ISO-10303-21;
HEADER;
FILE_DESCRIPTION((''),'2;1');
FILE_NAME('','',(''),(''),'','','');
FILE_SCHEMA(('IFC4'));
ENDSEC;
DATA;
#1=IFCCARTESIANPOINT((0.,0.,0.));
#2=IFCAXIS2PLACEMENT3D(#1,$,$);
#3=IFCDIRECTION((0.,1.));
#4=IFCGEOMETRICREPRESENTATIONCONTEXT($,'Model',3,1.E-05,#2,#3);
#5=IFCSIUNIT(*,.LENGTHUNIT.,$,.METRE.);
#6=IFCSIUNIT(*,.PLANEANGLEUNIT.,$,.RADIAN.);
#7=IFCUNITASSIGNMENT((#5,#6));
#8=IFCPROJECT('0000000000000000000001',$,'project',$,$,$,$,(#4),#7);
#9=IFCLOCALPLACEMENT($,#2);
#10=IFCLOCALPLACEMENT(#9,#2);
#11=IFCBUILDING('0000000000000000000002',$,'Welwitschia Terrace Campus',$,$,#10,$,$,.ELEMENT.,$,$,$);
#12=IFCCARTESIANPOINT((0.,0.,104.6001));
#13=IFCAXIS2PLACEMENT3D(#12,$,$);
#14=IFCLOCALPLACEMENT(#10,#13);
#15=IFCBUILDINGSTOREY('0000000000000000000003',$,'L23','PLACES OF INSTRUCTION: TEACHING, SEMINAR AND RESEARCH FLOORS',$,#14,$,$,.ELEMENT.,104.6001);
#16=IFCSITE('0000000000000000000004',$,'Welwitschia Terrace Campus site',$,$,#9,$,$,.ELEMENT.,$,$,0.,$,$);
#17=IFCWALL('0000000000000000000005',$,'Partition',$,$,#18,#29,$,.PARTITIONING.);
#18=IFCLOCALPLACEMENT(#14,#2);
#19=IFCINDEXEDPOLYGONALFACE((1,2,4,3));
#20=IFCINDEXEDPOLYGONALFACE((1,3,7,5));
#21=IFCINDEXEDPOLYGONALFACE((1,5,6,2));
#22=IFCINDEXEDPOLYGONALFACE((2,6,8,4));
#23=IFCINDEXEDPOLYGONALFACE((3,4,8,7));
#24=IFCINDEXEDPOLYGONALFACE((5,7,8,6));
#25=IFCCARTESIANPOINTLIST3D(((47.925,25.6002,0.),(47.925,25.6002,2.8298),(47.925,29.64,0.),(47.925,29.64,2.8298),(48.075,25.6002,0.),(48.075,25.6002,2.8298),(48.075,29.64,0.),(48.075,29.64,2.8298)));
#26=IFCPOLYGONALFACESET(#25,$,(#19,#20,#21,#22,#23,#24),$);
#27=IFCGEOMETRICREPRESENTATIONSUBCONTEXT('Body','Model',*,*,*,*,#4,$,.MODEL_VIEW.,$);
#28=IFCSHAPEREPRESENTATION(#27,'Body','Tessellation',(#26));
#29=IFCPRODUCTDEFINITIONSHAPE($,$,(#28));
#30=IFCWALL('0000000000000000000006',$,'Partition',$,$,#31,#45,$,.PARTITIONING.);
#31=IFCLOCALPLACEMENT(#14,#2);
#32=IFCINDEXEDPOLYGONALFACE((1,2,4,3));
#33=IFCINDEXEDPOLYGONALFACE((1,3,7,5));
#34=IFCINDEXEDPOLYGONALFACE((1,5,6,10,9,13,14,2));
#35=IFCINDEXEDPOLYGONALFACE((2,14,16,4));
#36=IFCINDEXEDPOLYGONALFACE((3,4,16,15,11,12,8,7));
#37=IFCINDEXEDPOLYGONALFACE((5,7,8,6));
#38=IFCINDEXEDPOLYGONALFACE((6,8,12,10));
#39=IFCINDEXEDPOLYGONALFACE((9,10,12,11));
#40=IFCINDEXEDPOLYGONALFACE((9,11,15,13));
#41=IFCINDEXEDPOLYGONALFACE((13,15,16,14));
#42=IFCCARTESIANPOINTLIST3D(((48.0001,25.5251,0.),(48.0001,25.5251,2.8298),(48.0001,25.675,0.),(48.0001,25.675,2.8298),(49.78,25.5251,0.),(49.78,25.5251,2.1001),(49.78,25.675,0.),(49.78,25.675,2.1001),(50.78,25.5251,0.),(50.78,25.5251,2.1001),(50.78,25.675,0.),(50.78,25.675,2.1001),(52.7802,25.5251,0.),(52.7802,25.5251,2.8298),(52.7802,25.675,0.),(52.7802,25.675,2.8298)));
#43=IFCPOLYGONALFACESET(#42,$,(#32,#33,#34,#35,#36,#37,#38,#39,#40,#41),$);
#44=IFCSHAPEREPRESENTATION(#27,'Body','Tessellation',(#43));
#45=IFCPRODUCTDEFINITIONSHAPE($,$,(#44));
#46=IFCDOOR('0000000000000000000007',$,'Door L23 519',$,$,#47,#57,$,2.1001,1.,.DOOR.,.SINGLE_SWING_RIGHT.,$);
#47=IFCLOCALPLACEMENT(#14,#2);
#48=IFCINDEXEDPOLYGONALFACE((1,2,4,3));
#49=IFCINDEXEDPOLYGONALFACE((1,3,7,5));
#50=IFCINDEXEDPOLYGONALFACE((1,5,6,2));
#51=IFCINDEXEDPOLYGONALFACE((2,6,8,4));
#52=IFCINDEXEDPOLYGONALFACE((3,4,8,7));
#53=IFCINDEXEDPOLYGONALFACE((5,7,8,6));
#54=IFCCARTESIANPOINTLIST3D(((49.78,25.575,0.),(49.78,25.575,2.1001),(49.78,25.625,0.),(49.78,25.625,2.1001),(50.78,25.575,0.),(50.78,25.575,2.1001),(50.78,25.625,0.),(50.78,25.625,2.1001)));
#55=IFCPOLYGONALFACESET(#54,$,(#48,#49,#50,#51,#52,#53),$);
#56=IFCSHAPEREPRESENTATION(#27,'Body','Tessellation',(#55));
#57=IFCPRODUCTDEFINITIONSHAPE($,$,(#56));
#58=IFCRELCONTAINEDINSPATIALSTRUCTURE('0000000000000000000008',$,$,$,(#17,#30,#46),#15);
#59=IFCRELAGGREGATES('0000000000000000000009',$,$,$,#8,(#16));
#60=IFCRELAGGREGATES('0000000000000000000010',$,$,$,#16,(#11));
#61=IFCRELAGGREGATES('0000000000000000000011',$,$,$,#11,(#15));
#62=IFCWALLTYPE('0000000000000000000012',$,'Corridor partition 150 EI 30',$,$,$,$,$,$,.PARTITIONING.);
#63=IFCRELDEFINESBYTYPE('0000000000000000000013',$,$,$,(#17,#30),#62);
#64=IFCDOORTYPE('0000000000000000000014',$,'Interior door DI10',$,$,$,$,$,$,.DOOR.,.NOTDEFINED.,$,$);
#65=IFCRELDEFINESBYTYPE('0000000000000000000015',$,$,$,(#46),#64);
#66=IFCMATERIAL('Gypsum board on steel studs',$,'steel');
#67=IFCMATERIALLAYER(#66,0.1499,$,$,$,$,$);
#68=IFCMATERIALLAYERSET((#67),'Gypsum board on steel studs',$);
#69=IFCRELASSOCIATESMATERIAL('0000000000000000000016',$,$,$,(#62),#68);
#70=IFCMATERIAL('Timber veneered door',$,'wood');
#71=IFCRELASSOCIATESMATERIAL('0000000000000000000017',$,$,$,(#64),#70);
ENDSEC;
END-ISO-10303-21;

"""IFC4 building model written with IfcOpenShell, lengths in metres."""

from ifc_helpers import new_model, si_unit, direction, frame, frame_2d, origin, place, context, subcontext, project, spatial, rectangle, extrude, material, layer, layer_set, type_object, element, fill, save


model = new_model("IFC4")

# Units and contexts
model_context = context("Model", 3, precision=1e-05, world=origin(), true_north=direction((0.0, 1.0)))
body_context = subcontext(model_context, "Body", "Model", "MODEL_VIEW")
ifc_project = project(units=[si_unit("LENGTHUNIT", "METRE"), si_unit("PLANEANGLEUNIT", "RADIAN")], contexts=[model_context])

# Site, building, storey
site_placement = place(None, origin())
site = spatial("IfcSite", under=ifc_project, at=site_placement, Name="Welwitschia Terrace Campus site", CompositionType="ELEMENT", RefElevation=0.0)
building_placement = place(site_placement, origin())
building = spatial("IfcBuilding", under=site, at=building_placement, Name="Welwitschia Terrace Campus", CompositionType="ELEMENT")
storey_placement = place(building_placement, frame((0.0, 0.0, 104.6001)))
storey = spatial("IfcBuildingStorey", under=building, at=storey_placement, Name="L23", Description="PLACES OF INSTRUCTION: TEACHING, SEMINAR AND RESEARCH FLOORS", CompositionType="ELEMENT", Elevation=104.6001)

# Shared definitions
ifc_material_1 = material(Name="Gypsum board on steel studs", Category="steel")
ifc_layer_1 = layer(ifc_material_1, 0.1499)
ifc_layer_set_1 = layer_set([ifc_layer_1], Name="Gypsum board on steel studs")
wall_type = type_object("IfcWallType", Name="Corridor partition 150 EI 30", PredefinedType="PARTITIONING", material=ifc_layer_set_1)

# Shared definitions
ifc_material_2 = material(Name="Timber veneered door", Category="wood")
door_type = type_object("IfcDoorType", Name="Interior door DI10", OperationType="NOTDEFINED", PredefinedType="DOOR", material=ifc_material_2)

# Wall
wall_1_placement = place(storey_placement, frame((48.0, 25.6001, 0.0), z_axis=(0.0, 0.0, 1.0), x_axis=(0.0, 1.0, 0.0)))
element("IfcWall", 1, at=wall_1_placement, inside=storey, type_object=wall_type, Name="Partition", PredefinedType="PARTITIONING", context=body_context, shape_type="SweptSolid", body=[
    extrude(rectangle(XDim=4.0398, YDim=0.1499, at=frame_2d((2.02, 0.0))), origin(), (0.0, 0.0, 1.0), 2.8298),
])

# Wall, opening, door
wall_2_placement = place(storey_placement, frame((48.0, 25.6001, 0.0), z_axis=(0.0, 0.0, 1.0), x_axis=(1.0, 0.0, 0.0)))
wall_2 = element("IfcWall", 2, at=wall_2_placement, inside=storey, type_object=wall_type, Name="Partition", PredefinedType="PARTITIONING", context=body_context, shape_type="SweptSolid", body=[
    extrude(rectangle(XDim=4.78, YDim=0.1499, at=frame_2d((2.3901, 0.0))), origin(), (0.0, 0.0, 1.0), 2.8298),
])
opening_1_placement = place(wall_2_placement, frame((1.78, 0.0, 0.0)))
opening_1 = element("IfcOpeningElement", 3, at=opening_1_placement, cuts=wall_2, PredefinedType="OPENING", context=body_context, shape_type="SweptSolid", body=[
    extrude(rectangle(XDim=1.0, YDim=2.1001, at=frame_2d((0.5, 1.05))), frame((0.0, 0.085, 0.0), z_axis=(0.0, -1.0, 0.0), x_axis=(1.0, 0.0, 0.0)), (0.0, 0.0, 1.0), 0.1699),
])
door_1_placement = place(opening_1_placement, origin())
door_1 = element("IfcDoor", 4, at=door_1_placement, inside=storey, type_object=door_type, Name="Door L23 519", OperationType="SINGLE_SWING_RIGHT", OverallHeight=2.1001, OverallWidth=1.0, PredefinedType="DOOR", context=body_context, shape_type="SweptSolid", body=[
    extrude(rectangle(XDim=1.0, YDim=2.1001, at=frame_2d((0.5, 1.05))), frame((0.0, 0.0249, 0.0), z_axis=(0.0, -1.0, 0.0), x_axis=(1.0, 0.0, 0.0)), (0.0, 0.0, 1.0), 0.05),
])
fill(opening_1, door_1)

save(model, "model.ifc")
